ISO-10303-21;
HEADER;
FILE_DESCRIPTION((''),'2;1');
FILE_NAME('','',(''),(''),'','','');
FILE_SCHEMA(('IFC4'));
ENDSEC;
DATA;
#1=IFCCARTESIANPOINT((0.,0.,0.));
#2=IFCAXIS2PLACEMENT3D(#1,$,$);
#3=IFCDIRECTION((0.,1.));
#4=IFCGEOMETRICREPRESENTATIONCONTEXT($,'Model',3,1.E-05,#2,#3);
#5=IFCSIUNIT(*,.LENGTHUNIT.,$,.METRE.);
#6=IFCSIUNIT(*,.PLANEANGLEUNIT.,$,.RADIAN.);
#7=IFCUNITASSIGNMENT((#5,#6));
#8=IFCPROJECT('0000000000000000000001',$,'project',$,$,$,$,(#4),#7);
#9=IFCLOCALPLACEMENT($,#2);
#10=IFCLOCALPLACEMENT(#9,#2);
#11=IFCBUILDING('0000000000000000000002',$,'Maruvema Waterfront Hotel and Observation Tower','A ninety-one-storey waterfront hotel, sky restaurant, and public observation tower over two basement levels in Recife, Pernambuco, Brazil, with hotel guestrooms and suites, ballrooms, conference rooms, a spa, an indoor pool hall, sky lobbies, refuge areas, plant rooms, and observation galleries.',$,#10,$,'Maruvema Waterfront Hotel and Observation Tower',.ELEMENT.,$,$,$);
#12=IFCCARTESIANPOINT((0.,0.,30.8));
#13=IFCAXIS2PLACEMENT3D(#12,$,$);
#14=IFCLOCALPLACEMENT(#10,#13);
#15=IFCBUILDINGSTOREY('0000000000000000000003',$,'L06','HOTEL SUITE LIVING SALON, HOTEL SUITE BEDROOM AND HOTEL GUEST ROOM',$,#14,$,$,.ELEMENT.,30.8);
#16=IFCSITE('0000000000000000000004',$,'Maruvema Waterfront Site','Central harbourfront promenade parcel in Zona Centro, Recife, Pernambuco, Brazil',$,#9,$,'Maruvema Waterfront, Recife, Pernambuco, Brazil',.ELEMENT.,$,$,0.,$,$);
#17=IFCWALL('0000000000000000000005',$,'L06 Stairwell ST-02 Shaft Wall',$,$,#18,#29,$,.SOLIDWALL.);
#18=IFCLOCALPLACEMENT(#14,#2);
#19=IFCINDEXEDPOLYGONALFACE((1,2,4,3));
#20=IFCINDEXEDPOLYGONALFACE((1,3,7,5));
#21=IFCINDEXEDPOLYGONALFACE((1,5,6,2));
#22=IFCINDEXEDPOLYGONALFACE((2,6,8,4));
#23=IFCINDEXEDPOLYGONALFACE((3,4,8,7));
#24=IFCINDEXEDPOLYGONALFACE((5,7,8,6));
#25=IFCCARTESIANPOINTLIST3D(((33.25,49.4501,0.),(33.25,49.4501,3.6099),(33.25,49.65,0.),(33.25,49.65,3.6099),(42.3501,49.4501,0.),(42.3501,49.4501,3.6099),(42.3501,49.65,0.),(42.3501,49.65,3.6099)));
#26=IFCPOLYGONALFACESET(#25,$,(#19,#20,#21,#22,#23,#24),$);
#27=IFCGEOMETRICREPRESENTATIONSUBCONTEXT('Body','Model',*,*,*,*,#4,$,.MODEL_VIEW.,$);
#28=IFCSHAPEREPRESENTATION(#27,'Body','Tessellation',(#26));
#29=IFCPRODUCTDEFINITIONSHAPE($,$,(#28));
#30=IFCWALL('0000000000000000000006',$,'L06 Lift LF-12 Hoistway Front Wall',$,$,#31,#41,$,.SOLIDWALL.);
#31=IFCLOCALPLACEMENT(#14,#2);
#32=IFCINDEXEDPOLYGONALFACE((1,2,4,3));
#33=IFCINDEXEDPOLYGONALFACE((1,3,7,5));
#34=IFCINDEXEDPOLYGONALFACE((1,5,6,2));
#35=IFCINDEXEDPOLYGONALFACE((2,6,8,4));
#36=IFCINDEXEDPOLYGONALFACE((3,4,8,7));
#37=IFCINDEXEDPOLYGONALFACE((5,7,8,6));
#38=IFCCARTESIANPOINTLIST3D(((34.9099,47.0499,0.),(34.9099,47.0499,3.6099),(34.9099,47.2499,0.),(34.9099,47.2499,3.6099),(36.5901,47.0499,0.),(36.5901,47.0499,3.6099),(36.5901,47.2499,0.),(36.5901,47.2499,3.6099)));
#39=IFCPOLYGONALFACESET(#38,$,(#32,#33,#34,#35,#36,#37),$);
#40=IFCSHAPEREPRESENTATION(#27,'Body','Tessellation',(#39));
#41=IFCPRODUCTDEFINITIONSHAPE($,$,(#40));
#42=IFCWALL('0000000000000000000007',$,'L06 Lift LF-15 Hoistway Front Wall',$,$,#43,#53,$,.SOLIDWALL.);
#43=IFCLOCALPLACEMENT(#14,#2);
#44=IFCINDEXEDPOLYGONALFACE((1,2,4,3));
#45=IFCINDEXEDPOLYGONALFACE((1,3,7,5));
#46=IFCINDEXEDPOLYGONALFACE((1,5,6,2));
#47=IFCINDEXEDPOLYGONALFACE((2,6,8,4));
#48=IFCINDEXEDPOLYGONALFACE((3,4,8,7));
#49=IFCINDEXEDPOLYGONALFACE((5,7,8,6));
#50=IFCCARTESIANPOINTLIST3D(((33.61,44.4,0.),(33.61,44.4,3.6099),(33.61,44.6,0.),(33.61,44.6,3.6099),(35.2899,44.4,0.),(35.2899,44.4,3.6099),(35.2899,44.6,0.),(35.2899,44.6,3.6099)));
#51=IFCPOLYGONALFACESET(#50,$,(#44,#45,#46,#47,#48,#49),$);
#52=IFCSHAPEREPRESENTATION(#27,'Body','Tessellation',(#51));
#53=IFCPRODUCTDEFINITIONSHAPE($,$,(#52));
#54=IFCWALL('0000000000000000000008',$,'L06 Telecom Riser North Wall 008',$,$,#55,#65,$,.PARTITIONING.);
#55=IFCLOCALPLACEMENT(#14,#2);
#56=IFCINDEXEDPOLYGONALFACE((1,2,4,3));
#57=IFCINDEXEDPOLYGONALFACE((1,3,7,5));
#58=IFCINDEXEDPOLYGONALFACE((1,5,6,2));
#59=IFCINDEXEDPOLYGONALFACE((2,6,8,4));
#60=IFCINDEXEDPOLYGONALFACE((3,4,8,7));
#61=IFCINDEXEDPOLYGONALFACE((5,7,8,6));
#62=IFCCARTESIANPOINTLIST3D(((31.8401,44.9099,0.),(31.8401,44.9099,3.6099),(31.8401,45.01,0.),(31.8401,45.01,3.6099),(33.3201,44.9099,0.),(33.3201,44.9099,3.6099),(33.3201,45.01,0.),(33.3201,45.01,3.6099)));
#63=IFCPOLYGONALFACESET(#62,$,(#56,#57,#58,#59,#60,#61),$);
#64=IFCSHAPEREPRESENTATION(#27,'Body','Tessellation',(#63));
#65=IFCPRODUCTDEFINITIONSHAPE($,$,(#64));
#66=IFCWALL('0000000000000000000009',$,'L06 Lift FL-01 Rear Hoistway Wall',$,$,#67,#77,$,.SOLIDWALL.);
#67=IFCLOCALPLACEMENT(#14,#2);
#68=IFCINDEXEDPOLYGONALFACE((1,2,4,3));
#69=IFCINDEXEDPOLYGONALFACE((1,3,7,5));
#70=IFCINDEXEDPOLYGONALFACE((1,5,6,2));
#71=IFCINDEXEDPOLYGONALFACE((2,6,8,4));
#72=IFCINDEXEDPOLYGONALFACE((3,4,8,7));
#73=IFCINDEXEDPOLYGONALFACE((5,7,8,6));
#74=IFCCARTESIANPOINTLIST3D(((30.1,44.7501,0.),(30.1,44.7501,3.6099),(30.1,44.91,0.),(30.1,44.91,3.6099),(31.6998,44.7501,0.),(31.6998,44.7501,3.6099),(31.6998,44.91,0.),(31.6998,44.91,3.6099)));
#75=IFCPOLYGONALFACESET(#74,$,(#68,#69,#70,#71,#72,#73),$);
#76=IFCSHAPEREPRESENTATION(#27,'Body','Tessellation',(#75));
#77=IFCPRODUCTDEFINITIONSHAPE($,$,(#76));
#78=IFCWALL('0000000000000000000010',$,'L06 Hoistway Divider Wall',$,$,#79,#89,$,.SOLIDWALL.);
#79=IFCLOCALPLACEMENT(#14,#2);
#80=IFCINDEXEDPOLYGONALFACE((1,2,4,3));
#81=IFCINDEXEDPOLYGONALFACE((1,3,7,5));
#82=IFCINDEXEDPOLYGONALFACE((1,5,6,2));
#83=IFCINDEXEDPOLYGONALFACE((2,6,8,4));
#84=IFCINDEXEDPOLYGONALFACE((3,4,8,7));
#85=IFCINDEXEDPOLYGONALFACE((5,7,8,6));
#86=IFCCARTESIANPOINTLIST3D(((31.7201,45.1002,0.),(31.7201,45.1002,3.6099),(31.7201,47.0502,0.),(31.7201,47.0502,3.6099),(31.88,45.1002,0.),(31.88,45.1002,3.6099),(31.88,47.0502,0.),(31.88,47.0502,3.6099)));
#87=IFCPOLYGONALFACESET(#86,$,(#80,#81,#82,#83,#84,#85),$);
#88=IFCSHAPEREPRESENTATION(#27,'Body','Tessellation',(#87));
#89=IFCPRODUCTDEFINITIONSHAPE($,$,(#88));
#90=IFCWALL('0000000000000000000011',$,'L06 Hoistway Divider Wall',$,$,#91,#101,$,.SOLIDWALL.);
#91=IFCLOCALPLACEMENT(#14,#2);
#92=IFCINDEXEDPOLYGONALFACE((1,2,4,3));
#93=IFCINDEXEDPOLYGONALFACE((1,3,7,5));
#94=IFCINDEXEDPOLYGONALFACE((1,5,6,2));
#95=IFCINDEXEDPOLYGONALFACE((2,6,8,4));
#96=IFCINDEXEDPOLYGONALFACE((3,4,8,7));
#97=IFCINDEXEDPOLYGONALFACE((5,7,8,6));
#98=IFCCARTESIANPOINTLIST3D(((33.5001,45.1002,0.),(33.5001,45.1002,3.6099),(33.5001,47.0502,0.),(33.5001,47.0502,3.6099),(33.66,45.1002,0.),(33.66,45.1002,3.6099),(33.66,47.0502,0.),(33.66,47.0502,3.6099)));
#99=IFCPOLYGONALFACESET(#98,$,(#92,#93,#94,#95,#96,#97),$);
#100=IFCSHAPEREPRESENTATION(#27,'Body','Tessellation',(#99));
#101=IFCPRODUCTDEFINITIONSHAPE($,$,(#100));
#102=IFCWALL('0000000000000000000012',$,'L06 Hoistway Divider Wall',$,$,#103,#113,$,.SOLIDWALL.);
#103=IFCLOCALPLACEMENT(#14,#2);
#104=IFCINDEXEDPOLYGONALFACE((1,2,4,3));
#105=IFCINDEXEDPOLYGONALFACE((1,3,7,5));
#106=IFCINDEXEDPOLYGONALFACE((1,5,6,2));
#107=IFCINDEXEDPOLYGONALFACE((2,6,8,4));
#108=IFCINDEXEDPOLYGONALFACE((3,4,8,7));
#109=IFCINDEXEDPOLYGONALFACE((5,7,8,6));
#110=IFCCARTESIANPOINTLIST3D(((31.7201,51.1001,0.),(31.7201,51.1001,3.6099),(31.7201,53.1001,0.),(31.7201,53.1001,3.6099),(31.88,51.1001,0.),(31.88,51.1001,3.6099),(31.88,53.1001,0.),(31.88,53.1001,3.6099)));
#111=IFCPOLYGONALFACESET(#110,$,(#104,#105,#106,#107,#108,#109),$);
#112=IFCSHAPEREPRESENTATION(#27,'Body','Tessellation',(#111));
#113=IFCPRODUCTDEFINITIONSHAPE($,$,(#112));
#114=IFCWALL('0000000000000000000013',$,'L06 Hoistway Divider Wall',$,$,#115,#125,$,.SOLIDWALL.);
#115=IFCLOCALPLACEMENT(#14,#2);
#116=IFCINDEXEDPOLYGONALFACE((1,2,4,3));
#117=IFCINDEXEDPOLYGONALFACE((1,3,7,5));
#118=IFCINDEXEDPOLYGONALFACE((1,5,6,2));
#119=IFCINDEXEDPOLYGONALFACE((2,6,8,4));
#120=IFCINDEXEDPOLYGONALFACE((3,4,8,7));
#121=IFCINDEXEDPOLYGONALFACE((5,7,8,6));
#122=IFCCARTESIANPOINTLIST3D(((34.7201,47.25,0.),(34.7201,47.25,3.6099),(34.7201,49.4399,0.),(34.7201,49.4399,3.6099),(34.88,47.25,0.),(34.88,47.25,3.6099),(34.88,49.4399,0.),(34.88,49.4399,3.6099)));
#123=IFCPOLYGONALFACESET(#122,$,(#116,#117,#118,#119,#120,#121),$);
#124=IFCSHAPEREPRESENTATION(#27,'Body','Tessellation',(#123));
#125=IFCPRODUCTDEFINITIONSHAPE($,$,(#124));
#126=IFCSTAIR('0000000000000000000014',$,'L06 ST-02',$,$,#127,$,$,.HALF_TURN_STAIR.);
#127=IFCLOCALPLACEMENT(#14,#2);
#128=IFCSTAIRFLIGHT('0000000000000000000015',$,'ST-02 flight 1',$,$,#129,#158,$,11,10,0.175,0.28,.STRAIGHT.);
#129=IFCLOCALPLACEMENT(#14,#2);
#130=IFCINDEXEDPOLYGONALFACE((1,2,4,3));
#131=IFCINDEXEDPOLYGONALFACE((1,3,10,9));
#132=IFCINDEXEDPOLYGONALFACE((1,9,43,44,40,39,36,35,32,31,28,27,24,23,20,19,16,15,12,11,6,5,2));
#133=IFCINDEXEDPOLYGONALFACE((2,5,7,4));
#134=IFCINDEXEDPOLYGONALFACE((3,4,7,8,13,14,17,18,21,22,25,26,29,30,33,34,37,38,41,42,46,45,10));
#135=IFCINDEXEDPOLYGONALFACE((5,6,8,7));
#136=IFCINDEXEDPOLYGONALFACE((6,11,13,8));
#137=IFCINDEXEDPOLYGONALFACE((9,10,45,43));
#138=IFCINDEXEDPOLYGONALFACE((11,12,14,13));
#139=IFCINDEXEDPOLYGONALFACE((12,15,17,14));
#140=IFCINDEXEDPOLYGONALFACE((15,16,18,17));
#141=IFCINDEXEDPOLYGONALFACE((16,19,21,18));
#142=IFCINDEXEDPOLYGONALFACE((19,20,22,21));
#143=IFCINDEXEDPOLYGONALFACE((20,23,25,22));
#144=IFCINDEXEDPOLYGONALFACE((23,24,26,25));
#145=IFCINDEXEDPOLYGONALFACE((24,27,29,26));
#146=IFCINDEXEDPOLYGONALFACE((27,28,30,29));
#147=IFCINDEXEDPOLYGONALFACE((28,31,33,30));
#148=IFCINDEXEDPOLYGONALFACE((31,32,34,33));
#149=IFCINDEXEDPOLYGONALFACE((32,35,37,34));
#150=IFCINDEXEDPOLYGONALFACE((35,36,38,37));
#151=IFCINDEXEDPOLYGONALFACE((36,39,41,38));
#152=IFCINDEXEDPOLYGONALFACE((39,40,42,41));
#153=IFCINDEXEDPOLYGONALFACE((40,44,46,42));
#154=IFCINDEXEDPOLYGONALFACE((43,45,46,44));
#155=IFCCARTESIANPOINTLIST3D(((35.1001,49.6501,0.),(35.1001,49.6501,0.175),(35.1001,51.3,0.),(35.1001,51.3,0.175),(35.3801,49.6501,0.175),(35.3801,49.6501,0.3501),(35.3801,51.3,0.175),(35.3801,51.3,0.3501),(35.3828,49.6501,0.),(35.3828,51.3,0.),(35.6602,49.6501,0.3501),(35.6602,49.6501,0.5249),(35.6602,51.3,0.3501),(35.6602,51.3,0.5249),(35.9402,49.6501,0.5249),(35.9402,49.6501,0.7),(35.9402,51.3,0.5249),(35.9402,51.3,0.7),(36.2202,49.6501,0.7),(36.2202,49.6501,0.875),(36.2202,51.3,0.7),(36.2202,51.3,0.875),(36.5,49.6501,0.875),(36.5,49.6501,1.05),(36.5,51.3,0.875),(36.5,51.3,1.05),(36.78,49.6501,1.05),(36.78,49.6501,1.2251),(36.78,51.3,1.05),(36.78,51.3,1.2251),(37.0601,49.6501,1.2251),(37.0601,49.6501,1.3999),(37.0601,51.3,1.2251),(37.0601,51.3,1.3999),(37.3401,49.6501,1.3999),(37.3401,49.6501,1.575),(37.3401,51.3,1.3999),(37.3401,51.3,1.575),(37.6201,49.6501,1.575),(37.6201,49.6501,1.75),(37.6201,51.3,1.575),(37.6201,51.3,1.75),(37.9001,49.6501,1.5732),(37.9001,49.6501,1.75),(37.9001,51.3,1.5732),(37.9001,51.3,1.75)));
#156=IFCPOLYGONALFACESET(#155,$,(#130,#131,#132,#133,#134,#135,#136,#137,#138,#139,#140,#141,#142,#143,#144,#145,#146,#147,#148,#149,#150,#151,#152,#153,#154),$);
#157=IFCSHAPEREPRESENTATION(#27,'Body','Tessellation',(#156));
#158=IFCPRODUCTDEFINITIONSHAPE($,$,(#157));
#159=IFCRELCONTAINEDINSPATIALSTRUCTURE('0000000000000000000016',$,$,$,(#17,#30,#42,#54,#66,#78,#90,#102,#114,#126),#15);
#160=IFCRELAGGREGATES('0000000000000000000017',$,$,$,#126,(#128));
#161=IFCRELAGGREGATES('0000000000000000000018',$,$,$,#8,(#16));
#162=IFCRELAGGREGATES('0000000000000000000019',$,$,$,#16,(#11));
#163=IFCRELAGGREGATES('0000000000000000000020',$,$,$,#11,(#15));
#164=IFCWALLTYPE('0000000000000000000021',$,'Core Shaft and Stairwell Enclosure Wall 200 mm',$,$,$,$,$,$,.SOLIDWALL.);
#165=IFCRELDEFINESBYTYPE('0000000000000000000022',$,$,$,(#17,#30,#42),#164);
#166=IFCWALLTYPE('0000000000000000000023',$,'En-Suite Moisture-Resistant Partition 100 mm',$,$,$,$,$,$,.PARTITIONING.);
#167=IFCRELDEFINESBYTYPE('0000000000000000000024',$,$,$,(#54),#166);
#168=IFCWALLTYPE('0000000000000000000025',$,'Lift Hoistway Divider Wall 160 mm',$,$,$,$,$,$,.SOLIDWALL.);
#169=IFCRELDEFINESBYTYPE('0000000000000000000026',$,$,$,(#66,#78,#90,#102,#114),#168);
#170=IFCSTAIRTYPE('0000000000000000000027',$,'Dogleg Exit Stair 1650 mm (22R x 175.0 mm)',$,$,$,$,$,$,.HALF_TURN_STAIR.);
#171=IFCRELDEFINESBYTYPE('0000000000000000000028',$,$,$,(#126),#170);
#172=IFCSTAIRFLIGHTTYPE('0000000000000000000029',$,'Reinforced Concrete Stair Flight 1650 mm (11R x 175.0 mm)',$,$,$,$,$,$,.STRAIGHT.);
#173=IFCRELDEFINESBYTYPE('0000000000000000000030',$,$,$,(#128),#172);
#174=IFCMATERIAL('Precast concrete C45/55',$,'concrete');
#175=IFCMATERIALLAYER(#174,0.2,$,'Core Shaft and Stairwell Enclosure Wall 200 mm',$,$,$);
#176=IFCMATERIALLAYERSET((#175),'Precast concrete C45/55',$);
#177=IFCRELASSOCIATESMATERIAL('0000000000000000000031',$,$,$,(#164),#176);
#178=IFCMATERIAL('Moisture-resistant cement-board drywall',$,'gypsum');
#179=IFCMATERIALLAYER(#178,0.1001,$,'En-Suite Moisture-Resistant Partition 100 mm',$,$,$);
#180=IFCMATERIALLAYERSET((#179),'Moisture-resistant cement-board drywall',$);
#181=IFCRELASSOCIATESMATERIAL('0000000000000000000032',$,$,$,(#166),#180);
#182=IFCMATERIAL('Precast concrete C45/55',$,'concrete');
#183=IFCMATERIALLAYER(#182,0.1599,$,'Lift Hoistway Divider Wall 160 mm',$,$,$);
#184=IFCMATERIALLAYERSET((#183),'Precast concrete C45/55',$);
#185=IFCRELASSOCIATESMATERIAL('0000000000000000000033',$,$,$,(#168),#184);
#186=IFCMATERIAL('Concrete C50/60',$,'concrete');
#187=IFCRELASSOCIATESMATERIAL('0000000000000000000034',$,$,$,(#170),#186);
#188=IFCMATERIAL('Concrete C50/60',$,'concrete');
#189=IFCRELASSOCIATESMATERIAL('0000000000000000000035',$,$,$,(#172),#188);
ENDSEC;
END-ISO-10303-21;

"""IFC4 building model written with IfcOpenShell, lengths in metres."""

from ifc_helpers import new_model, si_unit, direction, frame, frame_2d, origin, place, context, subcontext, project, spatial, polyline, rectangle, outline, extrude, material, layer, layer_set, type_object, element, aggregate, save


model = new_model("IFC4")

# Units and contexts
model_context = context("Model", 3, precision=1e-05, world=origin(), true_north=direction((0.0, 1.0)))
body_context = subcontext(model_context, "Body", "Model", "MODEL_VIEW")
ifc_project = project(units=[si_unit("LENGTHUNIT", "METRE"), si_unit("PLANEANGLEUNIT", "RADIAN")], contexts=[model_context])

# Site, building, storey
site_placement = place(None, origin())
site = spatial("IfcSite", under=ifc_project, at=site_placement, Name="Maruvema Waterfront Site", Description="Central harbourfront promenade parcel in Zona Centro, Recife, Pernambuco, Brazil", LongName="Maruvema Waterfront, Recife, Pernambuco, Brazil", CompositionType="ELEMENT", RefElevation=0.0)
building_placement = place(site_placement, origin())
building = spatial("IfcBuilding", under=site, at=building_placement, Name="Maruvema Waterfront Hotel and Observation Tower", Description="A ninety-one-storey waterfront hotel, sky restaurant, and public observation tower over two basement levels in Recife, Pernambuco, Brazil, with hotel guestrooms and suites, ballrooms, conference rooms, a spa, an indoor pool hall, sky lobbies, refuge areas, plant rooms, and observation galleries.", LongName="Maruvema Waterfront Hotel and Observation Tower", CompositionType="ELEMENT")
storey_placement = place(building_placement, frame((0.0, 0.0, 30.8)))
storey = spatial("IfcBuildingStorey", under=building, at=storey_placement, Name="L06", Description="HOTEL SUITE LIVING SALON, HOTEL SUITE BEDROOM AND HOTEL GUEST ROOM", CompositionType="ELEMENT", Elevation=30.8)

# Wall
ifc_material_1 = material(Name="Precast concrete C45/55", Category="concrete")
ifc_layer_1 = layer(ifc_material_1, 0.2, Name="Core Shaft and Stairwell Enclosure Wall 200 mm")
ifc_layer_set_1 = layer_set([ifc_layer_1], Name="Precast concrete C45/55")
wall_type_1 = type_object("IfcWallType", Name="Core Shaft and Stairwell Enclosure Wall 200 mm", PredefinedType="SOLIDWALL", material=ifc_layer_set_1)
wall_1_placement = place(storey_placement, frame((33.25, 49.55, 0.0), z_axis=(0.0, 0.0, 1.0), x_axis=(1.0, 0.0, 0.0)))
element("IfcWall", 1, at=wall_1_placement, inside=storey, type_object=wall_type_1, Name="L06 Stairwell ST-02 Shaft Wall", PredefinedType="SOLIDWALL", context=body_context, shape_type="SweptSolid", body=[
    extrude(rectangle(XDim=9.1001, YDim=0.2, at=frame_2d((4.55, 0.0))), origin(), (0.0, 0.0, 1.0), 3.6099),
])

# Walls
wall_2_placement = place(storey_placement, frame((34.9099, 47.1499, 0.0), z_axis=(0.0, 0.0, 1.0), x_axis=(1.0, 0.0, 0.0)))
element("IfcWall", 2, at=wall_2_placement, inside=storey, type_object=wall_type_1, Name="L06 Lift LF-12 Hoistway Front Wall", PredefinedType="SOLIDWALL", context=body_context, shape_type="SweptSolid", body=[
    extrude(rectangle(XDim=1.6802, YDim=0.2, at=frame_2d((0.8401, 0.0))), origin(), (0.0, 0.0, 1.0), 3.6099),
])
wall_3_placement = place(storey_placement, frame((33.6101, 44.5, 0.0), z_axis=(0.0, 0.0, 1.0), x_axis=(1.0, 0.0, 0.0)))
element("IfcWall", 3, at=wall_3_placement, inside=storey, type_object=wall_type_1, Name="L06 Lift LF-15 Hoistway Front Wall", PredefinedType="SOLIDWALL", context=body_context, shape_type="SweptSolid", body=[
    extrude(rectangle(XDim=1.6799, YDim=0.2, at=frame_2d((0.8398, 0.0))), origin(), (0.0, 0.0, 1.0), 3.6099),
])
ifc_material_2 = material(Name="Moisture-resistant cement-board drywall", Category="gypsum")
ifc_layer_2 = layer(ifc_material_2, 0.1001, Name="En-Suite Moisture-Resistant Partition 100 mm")
ifc_layer_set_2 = layer_set([ifc_layer_2], Name="Moisture-resistant cement-board drywall")
wall_type_2 = type_object("IfcWallType", Name="En-Suite Moisture-Resistant Partition 100 mm", PredefinedType="PARTITIONING", material=ifc_layer_set_2)
wall_4_placement = place(storey_placement, frame((31.8401, 44.96, 0.0), z_axis=(0.0, 0.0, 1.0), x_axis=(1.0, 0.0, 0.0)))
element("IfcWall", 4, at=wall_4_placement, inside=storey, type_object=wall_type_2, Name="L06 Telecom Riser North Wall 008", PredefinedType="PARTITIONING", context=body_context, shape_type="SweptSolid", body=[
    extrude(rectangle(XDim=1.48, YDim=0.1001, at=frame_2d((0.74, 0.0))), origin(), (0.0, 0.0, 1.0), 3.6099),
])
ifc_material_3 = material(Name="Precast concrete C45/55", Category="concrete")
ifc_layer_3 = layer(ifc_material_3, 0.1599, Name="Lift Hoistway Divider Wall 160 mm")
ifc_layer_set_3 = layer_set([ifc_layer_3], Name="Precast concrete C45/55")
wall_type_3 = type_object("IfcWallType", Name="Lift Hoistway Divider Wall 160 mm", PredefinedType="SOLIDWALL", material=ifc_layer_set_3)
wall_5_placement = place(storey_placement, frame((30.1001, 44.8301, 0.0), z_axis=(0.0, 0.0, 1.0), x_axis=(1.0, 0.0, 0.0)))
element("IfcWall", 5, at=wall_5_placement, inside=storey, type_object=wall_type_3, Name="L06 Lift FL-01 Rear Hoistway Wall", PredefinedType="SOLIDWALL", context=body_context, shape_type="SweptSolid", body=[
    extrude(rectangle(XDim=1.5999, YDim=0.1599, at=frame_2d((0.7998, 0.0))), origin(), (0.0, 0.0, 1.0), 3.6099),
])
for number, where, z_axis, x_axis, name in (
    (6, (31.8, 45.1001, 0.0), (0.0, 0.0, 1.0), (0.0, 1.0, 0.0), "L06 Hoistway Divider Wall"),
    (7, (33.5801, 45.1001, 0.0), (0.0, 0.0, 1.0), (0.0, 1.0, 0.0), "L06 Hoistway Divider Wall"),
):
    element("IfcWall", number, at=place(storey_placement, frame(where, z_axis=z_axis, x_axis=x_axis)), inside=storey, type_object=wall_type_3, Name=name, PredefinedType="SOLIDWALL", context=body_context, shape_type="SweptSolid", body=[
        extrude(rectangle(XDim=1.95, YDim=0.1599, at=frame_2d((0.9751, 0.0))), origin(), (0.0, 0.0, 1.0), 3.6099),
    ])
wall_6_placement = place(storey_placement, frame((31.8, 51.1001, 0.0), z_axis=(0.0, 0.0, 1.0), x_axis=(0.0, 1.0, 0.0)))
element("IfcWall", 8, at=wall_6_placement, inside=storey, type_object=wall_type_3, Name="L06 Hoistway Divider Wall", PredefinedType="SOLIDWALL", context=body_context, shape_type="SweptSolid", body=[
    extrude(rectangle(XDim=2.0, YDim=0.1599, at=frame_2d((1.0, 0.0))), origin(), (0.0, 0.0, 1.0), 3.6099),
])
wall_7_placement = place(storey_placement, frame((34.8, 47.25, 0.0), z_axis=(0.0, 0.0, 1.0), x_axis=(0.0, 1.0, 0.0)))
element("IfcWall", 9, at=wall_7_placement, inside=storey, type_object=wall_type_3, Name="L06 Hoistway Divider Wall", PredefinedType="SOLIDWALL", context=body_context, shape_type="SweptSolid", body=[
    extrude(rectangle(XDim=2.1899, YDim=0.1599, at=frame_2d((1.095, 0.0))), origin(), (0.0, 0.0, 1.0), 3.6099),
])

# Stair, stair flight
ifc_material_4 = material(Name="Concrete C50/60", Category="concrete")
stair_type = type_object("IfcStairType", Name="Dogleg Exit Stair 1650 mm (22R x 175.0 mm)", PredefinedType="HALF_TURN_STAIR", material=ifc_material_4)
stair_placement = place(storey_placement, origin())
stair = element("IfcStair", 10, at=stair_placement, inside=storey, type_object=stair_type, Name="L06 ST-02", PredefinedType="HALF_TURN_STAIR")
ifc_material_5 = material(Name="Concrete C50/60", Category="concrete")
stair_flight_type = type_object("IfcStairFlightType", Name="Reinforced Concrete Stair Flight 1650 mm (11R x 175.0 mm)", PredefinedType="STRAIGHT", material=ifc_material_5)
stair_flight_placement = place(storey_placement, frame((35.1001, 50.4751, 0.0), z_axis=(0.0, 0.0, 1.0), x_axis=(1.0, 0.0, 0.0)))
stair_flight = element("IfcStairFlight", 11, at=stair_flight_placement, type_object=stair_flight_type, Name="ST-02 flight 1", NumberOfRisers=11, NumberOfTreads=10, PredefinedType="STRAIGHT", RiserHeight=0.175, TreadLength=0.28, context=body_context, shape_type="SweptSolid", body=[
    extrude(outline(polyline([(0.0, 0.0), (0.0, 0.175), (0.28, 0.175), (0.28, 0.3501), (0.5601, 0.3501), (0.5601, 0.5249), (0.8401, 0.5249), (0.8401, 0.7), (1.1201, 0.7), (1.1201, 0.875), (1.3999, 0.875), (1.3999, 1.05), (1.6799, 1.05), (1.6799, 1.2251), (1.96, 1.2251), (1.96, 1.3999), (2.24, 1.3999), (2.24, 1.575), (2.52, 1.575), (2.52, 1.75), (2.8, 1.75), (2.8, 1.925), (2.8, 1.5732), (0.2827, 0.0), (0.0, 0.0)])), frame((0.0, 0.825, 0.0), z_axis=(0.0, -1.0, 0.0), x_axis=(1.0, 0.0, 0.0)), (0.0, 0.0, 1.0), 1.6499),
])
aggregate(stair, [stair_flight])

save(model, "model.ifc")
